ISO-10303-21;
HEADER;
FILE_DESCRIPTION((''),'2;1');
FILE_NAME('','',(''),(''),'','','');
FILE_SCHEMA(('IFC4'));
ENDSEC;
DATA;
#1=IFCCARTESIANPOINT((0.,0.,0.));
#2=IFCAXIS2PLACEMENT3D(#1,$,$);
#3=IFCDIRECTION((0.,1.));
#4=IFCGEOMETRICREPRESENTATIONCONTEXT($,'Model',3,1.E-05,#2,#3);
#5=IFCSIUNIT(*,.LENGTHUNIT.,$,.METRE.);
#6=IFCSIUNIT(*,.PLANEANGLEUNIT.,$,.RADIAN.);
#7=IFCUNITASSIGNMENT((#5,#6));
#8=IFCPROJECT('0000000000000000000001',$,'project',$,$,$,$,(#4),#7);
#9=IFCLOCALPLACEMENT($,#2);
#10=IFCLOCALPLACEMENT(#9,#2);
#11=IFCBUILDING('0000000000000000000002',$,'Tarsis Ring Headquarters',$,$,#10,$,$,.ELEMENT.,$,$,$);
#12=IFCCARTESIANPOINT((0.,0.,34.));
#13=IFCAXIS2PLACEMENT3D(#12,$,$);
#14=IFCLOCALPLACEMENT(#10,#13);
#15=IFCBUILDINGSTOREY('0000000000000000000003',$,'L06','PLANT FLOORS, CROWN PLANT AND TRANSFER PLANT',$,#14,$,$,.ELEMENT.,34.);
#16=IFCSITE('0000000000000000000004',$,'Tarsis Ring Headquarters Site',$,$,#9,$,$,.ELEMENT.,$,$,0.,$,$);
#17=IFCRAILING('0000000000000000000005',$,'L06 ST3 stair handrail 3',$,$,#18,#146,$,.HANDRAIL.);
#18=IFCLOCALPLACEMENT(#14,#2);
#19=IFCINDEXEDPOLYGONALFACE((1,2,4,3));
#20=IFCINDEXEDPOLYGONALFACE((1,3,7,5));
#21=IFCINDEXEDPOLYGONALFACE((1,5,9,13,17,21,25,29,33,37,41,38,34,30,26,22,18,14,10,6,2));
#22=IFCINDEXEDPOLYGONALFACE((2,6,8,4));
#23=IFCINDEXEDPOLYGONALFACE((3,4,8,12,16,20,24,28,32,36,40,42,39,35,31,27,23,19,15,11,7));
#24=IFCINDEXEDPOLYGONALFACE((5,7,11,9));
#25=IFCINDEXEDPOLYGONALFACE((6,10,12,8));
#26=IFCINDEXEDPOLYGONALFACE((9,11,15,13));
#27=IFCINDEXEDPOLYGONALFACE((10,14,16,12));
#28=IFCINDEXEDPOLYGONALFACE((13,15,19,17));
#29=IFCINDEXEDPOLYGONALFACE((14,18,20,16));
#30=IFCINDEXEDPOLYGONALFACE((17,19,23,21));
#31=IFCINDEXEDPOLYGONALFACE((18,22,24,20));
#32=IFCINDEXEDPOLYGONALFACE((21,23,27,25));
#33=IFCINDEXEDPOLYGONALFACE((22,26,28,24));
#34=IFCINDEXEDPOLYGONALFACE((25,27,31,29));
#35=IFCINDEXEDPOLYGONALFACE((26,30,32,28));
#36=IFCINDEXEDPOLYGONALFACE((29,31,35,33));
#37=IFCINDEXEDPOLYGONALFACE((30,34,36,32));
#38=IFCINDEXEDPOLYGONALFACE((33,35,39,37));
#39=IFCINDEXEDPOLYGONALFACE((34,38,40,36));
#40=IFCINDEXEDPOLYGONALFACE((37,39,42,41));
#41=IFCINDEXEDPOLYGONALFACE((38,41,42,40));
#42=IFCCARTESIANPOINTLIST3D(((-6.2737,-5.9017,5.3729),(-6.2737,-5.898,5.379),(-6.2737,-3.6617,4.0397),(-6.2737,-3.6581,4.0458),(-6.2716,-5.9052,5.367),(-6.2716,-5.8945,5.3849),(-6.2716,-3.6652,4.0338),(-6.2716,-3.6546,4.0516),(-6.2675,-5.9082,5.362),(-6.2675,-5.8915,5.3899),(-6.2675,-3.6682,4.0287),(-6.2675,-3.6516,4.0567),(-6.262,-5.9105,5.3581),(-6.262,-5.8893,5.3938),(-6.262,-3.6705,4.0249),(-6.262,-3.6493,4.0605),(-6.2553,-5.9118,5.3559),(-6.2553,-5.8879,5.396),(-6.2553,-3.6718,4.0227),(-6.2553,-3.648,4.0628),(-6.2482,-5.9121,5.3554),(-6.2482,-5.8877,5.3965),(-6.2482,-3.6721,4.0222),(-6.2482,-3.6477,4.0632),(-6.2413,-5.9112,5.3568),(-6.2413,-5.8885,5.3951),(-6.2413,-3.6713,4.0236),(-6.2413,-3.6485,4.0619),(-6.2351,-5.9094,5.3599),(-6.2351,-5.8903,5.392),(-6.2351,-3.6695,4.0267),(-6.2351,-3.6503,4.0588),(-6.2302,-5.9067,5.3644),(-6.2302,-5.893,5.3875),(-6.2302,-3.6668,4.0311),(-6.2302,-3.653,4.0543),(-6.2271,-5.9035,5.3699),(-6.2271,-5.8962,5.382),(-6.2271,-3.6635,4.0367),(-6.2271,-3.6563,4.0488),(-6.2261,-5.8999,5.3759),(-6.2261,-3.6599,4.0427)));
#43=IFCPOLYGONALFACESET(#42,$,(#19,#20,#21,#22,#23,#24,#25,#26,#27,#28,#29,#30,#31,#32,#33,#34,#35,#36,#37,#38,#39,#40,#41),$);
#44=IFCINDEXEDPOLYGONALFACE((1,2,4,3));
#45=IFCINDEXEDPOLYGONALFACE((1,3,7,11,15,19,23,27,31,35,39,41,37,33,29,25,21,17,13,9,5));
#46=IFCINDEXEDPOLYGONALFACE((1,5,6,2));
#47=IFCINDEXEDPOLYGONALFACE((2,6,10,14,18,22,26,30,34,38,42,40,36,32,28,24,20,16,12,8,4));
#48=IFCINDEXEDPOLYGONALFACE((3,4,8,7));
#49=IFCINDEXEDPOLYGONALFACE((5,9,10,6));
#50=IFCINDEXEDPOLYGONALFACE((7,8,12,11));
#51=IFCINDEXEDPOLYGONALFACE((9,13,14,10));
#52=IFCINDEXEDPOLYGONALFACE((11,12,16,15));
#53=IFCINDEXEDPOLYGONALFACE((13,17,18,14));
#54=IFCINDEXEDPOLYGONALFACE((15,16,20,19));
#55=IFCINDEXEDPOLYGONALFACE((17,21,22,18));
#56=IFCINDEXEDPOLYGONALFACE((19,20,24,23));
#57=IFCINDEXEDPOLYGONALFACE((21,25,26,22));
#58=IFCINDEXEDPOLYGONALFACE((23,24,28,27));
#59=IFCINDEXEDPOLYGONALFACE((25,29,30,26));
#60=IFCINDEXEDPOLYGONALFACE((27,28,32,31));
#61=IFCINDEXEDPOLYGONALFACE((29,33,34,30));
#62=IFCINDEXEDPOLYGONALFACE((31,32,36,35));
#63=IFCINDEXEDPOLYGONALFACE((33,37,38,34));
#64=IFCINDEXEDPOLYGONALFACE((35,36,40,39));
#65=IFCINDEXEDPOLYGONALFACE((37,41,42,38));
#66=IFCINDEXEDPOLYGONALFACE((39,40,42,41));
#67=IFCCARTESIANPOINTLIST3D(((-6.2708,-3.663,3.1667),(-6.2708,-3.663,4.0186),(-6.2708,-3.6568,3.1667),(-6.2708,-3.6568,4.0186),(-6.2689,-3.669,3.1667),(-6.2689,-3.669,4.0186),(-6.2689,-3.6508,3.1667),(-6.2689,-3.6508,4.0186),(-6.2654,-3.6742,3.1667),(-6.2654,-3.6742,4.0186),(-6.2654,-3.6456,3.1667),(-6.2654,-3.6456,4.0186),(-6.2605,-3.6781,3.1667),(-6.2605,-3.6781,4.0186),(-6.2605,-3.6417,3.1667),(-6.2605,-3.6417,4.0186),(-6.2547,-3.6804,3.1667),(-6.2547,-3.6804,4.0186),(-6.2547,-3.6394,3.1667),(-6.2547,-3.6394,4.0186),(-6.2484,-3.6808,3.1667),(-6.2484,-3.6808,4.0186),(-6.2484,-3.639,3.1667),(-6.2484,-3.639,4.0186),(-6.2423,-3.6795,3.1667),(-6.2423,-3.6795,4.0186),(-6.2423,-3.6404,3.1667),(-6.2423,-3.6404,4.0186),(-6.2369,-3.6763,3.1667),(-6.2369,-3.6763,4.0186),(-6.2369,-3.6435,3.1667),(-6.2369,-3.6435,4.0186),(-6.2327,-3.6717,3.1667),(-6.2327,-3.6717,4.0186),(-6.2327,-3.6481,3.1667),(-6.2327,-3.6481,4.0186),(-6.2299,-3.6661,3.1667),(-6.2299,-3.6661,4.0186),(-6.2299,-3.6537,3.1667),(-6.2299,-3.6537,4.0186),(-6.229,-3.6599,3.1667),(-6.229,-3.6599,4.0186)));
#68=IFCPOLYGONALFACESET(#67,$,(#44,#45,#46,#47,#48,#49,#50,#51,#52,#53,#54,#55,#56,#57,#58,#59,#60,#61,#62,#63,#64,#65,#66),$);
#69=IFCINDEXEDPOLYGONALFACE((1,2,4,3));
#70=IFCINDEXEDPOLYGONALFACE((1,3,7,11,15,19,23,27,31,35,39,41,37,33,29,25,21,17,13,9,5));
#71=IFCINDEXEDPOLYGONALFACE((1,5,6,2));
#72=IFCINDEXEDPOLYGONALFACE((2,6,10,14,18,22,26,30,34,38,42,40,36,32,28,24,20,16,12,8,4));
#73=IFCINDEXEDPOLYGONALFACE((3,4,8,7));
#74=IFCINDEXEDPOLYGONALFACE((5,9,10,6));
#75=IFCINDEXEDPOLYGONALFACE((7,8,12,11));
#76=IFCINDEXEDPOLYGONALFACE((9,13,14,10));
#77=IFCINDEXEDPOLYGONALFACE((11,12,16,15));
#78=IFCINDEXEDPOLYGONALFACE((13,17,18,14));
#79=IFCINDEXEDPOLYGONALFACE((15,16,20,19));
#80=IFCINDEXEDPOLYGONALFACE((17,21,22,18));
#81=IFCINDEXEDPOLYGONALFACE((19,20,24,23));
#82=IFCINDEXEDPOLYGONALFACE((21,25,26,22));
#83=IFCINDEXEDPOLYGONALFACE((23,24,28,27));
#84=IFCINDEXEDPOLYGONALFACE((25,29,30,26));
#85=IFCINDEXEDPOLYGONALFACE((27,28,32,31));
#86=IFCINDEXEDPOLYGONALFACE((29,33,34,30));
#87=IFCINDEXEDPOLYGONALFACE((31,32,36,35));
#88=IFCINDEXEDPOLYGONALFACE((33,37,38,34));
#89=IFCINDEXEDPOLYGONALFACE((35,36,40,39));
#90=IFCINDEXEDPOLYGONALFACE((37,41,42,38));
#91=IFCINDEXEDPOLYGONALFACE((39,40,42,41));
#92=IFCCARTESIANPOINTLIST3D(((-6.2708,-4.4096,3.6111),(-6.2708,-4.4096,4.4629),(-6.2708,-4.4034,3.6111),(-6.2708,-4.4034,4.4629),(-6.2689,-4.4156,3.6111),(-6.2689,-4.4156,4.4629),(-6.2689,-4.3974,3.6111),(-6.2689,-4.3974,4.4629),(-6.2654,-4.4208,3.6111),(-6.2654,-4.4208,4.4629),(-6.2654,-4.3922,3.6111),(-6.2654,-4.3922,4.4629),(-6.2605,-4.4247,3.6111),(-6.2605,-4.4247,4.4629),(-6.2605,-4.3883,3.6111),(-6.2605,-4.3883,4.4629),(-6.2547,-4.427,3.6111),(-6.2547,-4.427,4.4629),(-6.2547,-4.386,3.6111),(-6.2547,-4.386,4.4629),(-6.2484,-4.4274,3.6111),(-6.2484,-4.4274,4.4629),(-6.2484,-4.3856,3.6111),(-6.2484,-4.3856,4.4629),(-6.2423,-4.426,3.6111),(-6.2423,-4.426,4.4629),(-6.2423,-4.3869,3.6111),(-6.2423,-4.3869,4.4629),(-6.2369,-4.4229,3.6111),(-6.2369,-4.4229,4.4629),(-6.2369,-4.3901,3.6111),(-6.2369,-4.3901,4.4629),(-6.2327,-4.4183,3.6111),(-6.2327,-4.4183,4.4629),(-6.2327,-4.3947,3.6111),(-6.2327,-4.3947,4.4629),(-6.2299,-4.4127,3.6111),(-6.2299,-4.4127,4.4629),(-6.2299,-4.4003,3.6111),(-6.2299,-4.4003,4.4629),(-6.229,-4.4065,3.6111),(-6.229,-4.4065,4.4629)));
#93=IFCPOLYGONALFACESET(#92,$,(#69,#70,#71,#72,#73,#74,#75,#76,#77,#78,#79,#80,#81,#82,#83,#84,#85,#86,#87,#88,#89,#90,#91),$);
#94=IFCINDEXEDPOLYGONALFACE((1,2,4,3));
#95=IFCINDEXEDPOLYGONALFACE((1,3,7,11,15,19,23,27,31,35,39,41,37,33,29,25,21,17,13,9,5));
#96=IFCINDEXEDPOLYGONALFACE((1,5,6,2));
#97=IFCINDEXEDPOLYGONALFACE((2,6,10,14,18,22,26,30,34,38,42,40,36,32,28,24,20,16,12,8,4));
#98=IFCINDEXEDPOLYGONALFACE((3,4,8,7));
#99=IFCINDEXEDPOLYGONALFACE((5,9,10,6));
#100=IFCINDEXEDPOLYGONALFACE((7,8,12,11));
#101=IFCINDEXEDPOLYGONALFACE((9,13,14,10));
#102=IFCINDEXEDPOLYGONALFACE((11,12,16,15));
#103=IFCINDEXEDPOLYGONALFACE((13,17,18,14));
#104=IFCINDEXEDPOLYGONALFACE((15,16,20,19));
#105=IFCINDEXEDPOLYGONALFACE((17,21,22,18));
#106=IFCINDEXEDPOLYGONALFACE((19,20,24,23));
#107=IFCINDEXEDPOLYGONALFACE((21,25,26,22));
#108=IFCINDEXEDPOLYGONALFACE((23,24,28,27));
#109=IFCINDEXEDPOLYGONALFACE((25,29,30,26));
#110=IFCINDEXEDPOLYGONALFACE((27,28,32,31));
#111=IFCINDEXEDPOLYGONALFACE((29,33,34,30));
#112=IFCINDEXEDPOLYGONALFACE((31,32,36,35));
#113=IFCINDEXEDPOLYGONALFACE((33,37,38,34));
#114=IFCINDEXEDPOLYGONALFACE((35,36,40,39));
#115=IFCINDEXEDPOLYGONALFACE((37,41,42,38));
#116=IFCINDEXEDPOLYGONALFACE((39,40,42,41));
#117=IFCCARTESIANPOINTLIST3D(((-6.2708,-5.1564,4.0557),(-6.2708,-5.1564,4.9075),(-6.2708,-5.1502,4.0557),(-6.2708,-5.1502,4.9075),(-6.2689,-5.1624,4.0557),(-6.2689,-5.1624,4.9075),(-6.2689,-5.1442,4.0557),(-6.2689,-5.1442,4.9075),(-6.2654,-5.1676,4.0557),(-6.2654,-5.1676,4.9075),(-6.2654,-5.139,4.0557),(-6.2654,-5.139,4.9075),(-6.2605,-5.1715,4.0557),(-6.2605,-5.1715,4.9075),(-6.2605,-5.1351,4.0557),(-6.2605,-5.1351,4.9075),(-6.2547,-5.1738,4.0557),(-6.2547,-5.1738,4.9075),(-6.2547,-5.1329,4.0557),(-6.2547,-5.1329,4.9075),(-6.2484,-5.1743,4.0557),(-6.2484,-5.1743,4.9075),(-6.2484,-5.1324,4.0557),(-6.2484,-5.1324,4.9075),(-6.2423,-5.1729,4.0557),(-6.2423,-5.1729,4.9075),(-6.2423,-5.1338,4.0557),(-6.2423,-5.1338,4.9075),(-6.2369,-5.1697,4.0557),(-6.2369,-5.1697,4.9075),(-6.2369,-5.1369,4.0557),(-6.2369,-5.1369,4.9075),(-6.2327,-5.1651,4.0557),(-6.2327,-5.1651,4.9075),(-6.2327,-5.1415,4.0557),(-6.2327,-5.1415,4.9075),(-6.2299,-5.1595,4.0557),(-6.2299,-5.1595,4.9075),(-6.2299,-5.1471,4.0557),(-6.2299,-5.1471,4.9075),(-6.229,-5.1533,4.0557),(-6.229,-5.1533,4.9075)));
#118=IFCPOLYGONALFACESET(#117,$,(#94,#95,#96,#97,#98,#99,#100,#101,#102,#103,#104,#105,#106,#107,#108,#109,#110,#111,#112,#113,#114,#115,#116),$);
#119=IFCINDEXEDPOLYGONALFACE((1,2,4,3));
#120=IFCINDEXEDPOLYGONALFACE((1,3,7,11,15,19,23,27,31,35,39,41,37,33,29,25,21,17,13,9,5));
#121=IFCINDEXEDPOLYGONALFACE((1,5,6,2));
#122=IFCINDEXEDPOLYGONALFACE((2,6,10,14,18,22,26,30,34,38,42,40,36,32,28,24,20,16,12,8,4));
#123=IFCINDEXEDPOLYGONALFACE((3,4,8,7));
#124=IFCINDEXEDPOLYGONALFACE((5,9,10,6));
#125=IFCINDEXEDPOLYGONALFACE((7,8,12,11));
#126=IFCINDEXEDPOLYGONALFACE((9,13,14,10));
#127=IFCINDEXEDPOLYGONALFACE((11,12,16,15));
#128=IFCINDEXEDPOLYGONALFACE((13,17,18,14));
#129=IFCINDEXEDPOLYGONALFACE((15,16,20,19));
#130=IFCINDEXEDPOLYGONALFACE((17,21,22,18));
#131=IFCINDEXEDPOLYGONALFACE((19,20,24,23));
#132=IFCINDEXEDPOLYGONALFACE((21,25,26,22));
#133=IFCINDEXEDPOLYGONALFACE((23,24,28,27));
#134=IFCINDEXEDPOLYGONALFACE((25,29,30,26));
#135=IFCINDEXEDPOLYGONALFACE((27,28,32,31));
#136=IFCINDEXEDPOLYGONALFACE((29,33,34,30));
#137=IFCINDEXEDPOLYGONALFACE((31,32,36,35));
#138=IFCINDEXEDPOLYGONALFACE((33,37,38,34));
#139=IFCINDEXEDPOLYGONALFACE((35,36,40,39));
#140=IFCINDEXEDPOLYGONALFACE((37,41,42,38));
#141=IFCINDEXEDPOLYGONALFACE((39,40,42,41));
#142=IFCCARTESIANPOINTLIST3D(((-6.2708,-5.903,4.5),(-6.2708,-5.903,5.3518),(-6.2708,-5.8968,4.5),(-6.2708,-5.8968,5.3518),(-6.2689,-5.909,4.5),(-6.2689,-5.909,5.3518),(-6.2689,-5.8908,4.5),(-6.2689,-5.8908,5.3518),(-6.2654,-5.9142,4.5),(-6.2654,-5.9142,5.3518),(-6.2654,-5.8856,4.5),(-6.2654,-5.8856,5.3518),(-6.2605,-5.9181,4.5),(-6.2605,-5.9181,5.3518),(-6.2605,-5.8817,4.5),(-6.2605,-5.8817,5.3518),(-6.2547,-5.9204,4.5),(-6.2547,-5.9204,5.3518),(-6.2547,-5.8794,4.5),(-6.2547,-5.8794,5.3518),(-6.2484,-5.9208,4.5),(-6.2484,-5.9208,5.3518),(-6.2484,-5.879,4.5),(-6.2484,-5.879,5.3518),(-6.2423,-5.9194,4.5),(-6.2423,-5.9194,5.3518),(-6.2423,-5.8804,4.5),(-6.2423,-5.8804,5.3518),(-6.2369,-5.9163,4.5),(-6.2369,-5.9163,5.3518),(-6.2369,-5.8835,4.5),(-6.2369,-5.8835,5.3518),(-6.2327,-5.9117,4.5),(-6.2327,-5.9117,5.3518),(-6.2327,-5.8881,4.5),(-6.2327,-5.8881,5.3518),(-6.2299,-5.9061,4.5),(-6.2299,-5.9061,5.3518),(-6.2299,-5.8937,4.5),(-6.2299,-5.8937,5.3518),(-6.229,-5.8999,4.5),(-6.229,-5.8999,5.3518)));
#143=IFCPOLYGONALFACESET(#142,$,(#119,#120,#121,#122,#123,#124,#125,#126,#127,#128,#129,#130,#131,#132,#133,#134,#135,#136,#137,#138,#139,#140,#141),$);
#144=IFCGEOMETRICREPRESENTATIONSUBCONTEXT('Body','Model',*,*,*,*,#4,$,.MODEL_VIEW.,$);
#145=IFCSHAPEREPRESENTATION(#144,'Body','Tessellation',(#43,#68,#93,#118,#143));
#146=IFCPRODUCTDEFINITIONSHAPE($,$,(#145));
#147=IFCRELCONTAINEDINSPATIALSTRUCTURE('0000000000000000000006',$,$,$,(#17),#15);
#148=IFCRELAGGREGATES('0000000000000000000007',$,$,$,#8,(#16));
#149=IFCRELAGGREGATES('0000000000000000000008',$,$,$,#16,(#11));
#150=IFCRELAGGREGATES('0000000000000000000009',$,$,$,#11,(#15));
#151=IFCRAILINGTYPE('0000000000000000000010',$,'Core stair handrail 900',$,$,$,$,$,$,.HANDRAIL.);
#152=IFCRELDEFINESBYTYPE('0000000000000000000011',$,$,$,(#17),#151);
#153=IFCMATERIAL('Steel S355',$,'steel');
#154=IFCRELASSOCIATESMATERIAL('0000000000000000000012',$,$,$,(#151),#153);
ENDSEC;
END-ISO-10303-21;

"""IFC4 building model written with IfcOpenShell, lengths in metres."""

from ifc_helpers import new_model, si_unit, direction, frame, origin, origin_2d, place, context, subcontext, project, spatial, circle, extrude, material, type_object, element, save


model = new_model("IFC4")

# Units and contexts
model_context = context("Model", 3, precision=1e-05, world=origin(), true_north=direction((0.0, 1.0)))
body_context = subcontext(model_context, "Body", "Model", "MODEL_VIEW")
ifc_project = project(units=[si_unit("LENGTHUNIT", "METRE"), si_unit("PLANEANGLEUNIT", "RADIAN")], contexts=[model_context])

# Site, building, storey
site_placement = place(None, origin())
site = spatial("IfcSite", under=ifc_project, at=site_placement, Name="Tarsis Ring Headquarters Site", CompositionType="ELEMENT", RefElevation=0.0)
building_placement = place(site_placement, origin())
building = spatial("IfcBuilding", under=site, at=building_placement, Name="Tarsis Ring Headquarters", CompositionType="ELEMENT")
storey_placement = place(building_placement, frame((0.0, 0.0, 34.0)))
storey = spatial("IfcBuildingStorey", under=building, at=storey_placement, Name="L06", Description="PLANT FLOORS, CROWN PLANT AND TRANSFER PLANT", CompositionType="ELEMENT", Elevation=34.0)

# Shared definitions
ifc_material_1 = material(Name="Steel S355", Category="steel")

# Railing
railing_type_1 = type_object("IfcRailingType", Name="Core stair handrail 900", PredefinedType="HANDRAIL", material=ifc_material_1)
railing_1_placement = place(storey_placement, frame((-6.25, -3.6599, 3.1667)))
element("IfcRailing", 1, at=railing_1_placement, inside=storey, type_object=railing_type_1, Name="L06 ST3 stair handrail 3", PredefinedType="HANDRAIL", context=body_context, shape_type="SweptSolid", body=[
    extrude(circle(Radius=0.0239, at=origin_2d()), frame((0.0, 0.0, 0.876), z_axis=(0.0, -0.859306, 0.511462), x_axis=(1.0, 0.0, 0.0)), (0.0, 0.0, 1.0), 2.6067),
    extrude(circle(Radius=0.021, at=origin_2d()), origin(), (0.0, 0.0, 1.0), 0.8518),
    extrude(circle(Radius=0.021, at=origin_2d()), frame((0.0, -0.7466, 0.4443)), (0.0, 0.0, 1.0), 0.8518),
    extrude(circle(Radius=0.021, at=origin_2d()), frame((0.0, -1.4934, 0.8889)), (0.0, 0.0, 1.0), 0.8518),
    extrude(circle(Radius=0.021, at=origin_2d()), frame((0.0, -2.24, 1.3333)), (0.0, 0.0, 1.0), 0.8518),
])

save(model, "model.ifc")
